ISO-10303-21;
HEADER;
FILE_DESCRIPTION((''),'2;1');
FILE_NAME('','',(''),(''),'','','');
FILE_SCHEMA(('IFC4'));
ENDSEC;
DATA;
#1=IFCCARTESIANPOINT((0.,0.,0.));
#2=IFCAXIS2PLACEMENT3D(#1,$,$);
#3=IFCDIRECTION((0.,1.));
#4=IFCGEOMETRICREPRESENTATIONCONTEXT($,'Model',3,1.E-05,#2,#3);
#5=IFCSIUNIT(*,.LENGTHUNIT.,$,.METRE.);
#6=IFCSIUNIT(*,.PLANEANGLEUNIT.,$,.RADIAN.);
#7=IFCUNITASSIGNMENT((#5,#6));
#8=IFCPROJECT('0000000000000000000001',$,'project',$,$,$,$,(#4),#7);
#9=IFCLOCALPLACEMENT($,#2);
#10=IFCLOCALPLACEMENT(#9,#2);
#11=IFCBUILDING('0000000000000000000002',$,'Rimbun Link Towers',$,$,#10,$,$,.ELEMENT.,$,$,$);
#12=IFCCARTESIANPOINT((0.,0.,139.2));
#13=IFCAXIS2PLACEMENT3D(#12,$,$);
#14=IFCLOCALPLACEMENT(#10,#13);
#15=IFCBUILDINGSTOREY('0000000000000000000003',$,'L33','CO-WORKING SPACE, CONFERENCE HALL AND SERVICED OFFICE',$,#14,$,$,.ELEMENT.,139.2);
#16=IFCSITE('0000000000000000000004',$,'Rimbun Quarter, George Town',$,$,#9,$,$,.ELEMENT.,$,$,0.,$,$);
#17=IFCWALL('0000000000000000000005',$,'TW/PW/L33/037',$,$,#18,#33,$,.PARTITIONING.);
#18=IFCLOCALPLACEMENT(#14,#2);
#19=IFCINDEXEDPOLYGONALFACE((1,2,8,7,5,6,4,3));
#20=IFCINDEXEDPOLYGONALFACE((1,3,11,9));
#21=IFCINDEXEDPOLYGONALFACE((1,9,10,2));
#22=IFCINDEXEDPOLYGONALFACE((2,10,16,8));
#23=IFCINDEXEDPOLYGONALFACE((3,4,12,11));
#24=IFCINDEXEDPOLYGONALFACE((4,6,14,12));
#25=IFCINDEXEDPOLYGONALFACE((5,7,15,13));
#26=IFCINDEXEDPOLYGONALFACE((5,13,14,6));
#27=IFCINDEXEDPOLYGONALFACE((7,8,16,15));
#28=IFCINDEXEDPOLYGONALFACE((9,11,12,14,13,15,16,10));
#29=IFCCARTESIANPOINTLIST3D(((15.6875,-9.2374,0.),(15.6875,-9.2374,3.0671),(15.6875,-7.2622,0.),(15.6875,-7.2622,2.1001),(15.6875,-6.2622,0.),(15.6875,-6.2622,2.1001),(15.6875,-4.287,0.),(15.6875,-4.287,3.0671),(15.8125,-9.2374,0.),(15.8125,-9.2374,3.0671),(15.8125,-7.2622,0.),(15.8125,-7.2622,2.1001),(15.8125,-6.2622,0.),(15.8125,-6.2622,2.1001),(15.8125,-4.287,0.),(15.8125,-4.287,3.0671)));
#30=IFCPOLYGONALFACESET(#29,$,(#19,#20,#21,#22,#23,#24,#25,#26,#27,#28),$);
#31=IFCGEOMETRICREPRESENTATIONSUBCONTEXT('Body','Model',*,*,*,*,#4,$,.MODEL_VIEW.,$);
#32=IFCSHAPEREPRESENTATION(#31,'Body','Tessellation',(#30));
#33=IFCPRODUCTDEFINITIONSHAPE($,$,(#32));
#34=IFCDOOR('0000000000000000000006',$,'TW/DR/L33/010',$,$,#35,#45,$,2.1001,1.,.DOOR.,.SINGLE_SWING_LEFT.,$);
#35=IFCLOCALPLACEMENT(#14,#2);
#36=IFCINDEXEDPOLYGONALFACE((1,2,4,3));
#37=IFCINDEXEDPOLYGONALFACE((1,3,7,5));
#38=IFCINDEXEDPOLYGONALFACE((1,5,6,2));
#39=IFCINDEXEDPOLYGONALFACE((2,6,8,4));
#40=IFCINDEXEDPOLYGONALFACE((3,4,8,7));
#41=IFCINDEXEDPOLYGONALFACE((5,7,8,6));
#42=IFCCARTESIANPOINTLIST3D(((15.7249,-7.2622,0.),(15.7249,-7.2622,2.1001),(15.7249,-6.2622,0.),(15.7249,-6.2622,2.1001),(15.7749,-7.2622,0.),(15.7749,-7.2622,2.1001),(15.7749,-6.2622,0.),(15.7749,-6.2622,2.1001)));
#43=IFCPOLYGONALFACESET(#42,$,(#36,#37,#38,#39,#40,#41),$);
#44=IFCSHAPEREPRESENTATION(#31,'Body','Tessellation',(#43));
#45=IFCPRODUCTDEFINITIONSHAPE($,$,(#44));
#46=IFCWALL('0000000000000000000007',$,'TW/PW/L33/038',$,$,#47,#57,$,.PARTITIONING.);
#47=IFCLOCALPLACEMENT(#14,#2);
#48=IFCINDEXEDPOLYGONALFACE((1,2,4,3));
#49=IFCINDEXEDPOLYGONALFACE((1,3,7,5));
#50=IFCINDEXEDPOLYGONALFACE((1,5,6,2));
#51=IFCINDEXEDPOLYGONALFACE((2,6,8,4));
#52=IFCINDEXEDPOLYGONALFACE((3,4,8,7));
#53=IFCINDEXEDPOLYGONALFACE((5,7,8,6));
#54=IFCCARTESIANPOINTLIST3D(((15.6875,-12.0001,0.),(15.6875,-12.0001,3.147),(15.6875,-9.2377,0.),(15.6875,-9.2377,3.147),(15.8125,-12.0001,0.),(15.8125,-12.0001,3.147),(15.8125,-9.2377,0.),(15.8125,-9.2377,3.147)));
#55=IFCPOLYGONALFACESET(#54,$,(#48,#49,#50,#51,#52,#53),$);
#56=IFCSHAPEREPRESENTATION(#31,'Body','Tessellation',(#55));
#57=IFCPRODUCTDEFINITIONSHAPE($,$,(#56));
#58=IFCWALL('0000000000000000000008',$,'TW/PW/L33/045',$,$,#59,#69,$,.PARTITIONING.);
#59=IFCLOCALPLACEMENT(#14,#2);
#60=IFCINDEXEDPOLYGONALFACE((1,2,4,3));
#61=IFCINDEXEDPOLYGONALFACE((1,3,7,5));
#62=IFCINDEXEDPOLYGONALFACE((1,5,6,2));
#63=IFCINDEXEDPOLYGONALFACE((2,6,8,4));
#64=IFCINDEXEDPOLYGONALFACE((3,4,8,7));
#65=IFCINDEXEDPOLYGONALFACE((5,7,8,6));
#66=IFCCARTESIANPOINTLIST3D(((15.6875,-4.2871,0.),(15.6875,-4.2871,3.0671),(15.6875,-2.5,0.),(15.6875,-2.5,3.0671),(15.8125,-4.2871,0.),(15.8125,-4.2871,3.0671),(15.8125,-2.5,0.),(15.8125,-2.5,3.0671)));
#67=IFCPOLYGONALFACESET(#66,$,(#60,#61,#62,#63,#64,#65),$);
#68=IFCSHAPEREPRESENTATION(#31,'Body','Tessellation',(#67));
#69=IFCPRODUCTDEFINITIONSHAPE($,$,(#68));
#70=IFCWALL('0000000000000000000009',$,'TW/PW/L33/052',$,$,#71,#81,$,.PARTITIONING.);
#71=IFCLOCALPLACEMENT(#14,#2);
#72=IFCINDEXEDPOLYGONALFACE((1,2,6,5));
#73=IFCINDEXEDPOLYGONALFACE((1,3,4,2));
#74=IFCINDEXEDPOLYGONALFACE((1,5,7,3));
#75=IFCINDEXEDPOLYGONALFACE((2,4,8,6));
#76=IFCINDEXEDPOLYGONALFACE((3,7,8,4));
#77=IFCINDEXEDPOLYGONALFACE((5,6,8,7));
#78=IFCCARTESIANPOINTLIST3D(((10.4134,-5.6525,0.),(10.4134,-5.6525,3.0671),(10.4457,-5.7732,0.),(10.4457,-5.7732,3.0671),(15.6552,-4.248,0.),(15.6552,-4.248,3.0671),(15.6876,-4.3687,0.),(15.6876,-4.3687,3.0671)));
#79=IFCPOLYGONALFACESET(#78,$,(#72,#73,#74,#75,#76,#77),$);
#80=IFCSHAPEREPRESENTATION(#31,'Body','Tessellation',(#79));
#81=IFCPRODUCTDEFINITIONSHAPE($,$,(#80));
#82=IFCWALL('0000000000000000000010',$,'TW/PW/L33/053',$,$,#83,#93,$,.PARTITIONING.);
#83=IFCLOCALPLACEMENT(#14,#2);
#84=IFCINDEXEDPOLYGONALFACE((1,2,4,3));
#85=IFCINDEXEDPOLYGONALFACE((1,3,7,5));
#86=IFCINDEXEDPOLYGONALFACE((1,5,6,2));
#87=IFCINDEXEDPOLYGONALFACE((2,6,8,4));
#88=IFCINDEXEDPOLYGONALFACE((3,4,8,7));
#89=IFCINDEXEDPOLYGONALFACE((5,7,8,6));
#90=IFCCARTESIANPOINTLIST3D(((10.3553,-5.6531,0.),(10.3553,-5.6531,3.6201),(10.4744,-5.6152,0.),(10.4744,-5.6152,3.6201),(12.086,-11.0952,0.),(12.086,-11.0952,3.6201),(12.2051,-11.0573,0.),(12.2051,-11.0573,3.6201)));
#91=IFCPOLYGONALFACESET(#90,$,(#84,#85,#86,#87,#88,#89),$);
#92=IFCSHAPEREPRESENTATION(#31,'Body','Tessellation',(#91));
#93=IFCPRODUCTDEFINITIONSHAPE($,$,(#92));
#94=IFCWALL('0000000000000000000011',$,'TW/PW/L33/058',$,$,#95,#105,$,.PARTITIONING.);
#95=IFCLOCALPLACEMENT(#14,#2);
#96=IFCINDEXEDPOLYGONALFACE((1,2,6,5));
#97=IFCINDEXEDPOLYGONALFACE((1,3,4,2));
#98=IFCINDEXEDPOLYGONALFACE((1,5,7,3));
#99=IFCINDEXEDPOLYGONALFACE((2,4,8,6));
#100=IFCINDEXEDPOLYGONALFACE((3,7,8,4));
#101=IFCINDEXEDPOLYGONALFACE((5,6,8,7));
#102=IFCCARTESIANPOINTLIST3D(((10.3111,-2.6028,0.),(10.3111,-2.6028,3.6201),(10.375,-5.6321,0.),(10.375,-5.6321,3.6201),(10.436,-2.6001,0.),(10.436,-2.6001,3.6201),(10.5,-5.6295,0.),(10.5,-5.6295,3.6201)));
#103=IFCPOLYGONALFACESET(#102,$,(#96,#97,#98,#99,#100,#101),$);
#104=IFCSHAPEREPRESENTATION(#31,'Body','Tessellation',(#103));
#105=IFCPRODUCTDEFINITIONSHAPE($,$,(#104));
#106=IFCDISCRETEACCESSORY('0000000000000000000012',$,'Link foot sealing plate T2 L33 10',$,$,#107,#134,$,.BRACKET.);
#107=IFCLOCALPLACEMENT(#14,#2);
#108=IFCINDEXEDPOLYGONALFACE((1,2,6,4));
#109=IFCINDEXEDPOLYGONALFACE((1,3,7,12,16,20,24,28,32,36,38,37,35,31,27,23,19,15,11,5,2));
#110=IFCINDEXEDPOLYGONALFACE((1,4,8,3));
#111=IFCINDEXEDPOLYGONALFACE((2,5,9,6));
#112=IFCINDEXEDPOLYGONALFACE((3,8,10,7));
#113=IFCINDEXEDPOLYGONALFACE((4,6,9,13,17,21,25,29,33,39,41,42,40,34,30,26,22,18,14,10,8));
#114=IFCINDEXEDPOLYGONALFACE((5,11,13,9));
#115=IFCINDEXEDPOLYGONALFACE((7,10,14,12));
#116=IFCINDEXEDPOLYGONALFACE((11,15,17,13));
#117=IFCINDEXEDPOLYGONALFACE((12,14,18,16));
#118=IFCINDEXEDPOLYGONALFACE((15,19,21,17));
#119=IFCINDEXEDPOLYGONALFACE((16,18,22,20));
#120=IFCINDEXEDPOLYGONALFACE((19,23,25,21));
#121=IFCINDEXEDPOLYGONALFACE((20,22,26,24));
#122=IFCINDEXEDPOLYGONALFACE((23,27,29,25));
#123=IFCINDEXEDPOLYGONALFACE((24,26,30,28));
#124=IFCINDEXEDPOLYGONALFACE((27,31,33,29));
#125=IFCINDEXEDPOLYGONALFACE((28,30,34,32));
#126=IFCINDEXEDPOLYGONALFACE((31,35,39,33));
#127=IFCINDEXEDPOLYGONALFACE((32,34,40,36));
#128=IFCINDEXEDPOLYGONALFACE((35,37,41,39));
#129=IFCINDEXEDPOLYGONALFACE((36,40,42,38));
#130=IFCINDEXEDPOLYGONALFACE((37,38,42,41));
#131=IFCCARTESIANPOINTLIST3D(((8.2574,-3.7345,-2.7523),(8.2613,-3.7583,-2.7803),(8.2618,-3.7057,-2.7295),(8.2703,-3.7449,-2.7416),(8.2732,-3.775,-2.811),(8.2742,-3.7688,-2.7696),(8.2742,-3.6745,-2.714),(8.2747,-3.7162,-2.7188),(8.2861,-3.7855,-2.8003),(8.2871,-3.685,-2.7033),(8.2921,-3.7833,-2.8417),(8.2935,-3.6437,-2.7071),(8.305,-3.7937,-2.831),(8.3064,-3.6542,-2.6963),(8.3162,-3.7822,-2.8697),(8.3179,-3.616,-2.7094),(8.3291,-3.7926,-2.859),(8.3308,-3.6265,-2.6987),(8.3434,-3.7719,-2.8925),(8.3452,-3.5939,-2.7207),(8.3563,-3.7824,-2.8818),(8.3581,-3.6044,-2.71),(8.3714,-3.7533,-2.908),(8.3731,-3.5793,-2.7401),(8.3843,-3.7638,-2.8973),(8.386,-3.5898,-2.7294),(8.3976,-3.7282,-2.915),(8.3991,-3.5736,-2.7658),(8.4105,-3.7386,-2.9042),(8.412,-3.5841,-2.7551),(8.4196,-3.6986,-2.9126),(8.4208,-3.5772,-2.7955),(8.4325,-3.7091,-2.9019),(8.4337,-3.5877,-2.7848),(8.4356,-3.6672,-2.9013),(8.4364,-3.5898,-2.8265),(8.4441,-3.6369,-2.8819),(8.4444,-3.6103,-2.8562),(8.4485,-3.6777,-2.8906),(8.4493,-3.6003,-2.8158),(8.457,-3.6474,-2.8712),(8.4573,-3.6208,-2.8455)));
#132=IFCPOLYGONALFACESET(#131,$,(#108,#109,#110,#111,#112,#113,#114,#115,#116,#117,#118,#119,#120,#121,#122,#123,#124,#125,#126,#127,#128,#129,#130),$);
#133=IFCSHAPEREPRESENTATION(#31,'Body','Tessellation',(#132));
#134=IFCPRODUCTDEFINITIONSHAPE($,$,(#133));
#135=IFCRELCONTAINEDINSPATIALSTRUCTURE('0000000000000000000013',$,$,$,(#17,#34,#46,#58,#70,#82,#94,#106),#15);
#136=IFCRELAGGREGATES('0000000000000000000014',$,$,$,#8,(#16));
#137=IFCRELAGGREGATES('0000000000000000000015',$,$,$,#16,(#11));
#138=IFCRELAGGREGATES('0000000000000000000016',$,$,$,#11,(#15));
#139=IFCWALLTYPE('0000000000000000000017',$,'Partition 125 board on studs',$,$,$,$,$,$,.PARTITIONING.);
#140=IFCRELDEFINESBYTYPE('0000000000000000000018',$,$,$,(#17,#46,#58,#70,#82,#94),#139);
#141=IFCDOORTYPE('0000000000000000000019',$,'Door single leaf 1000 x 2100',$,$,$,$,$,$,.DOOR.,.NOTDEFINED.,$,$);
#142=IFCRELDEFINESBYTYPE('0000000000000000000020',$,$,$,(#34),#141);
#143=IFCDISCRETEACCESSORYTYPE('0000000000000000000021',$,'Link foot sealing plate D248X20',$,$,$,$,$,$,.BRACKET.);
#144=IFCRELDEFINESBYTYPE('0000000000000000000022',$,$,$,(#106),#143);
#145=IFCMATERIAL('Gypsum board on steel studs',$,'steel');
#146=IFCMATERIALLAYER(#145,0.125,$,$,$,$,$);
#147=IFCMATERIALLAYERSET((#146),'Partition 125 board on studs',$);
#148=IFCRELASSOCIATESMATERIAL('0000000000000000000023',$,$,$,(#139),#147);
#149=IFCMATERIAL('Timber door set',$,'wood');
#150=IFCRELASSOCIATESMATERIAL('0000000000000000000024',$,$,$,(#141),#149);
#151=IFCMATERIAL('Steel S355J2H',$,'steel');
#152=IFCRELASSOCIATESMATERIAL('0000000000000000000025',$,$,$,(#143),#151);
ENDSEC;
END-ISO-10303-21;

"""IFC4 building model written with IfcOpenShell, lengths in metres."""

from ifc_helpers import new_model, si_unit, direction, frame, frame_2d, origin, origin_2d, place, context, subcontext, project, spatial, rectangle, circle, extrude, material, layer, layer_set, material_profile, profile_set, type_object, element, fill, save


model = new_model("IFC4")

# Units and contexts
model_context = context("Model", 3, precision=1e-05, world=origin(), true_north=direction((0.0, 1.0)))
body_context = subcontext(model_context, "Body", "Model", "MODEL_VIEW")
ifc_project = project(units=[si_unit("LENGTHUNIT", "METRE"), si_unit("PLANEANGLEUNIT", "RADIAN")], contexts=[model_context])

# Site, building, storey
site_placement = place(None, origin())
site = spatial("IfcSite", under=ifc_project, at=site_placement, Name="Rimbun Quarter, George Town", CompositionType="ELEMENT", RefElevation=0.0)
building_placement = place(site_placement, origin())
building = spatial("IfcBuilding", under=site, at=building_placement, Name="Rimbun Link Towers", CompositionType="ELEMENT")
storey_placement = place(building_placement, frame((0.0, 0.0, 139.2)))
storey = spatial("IfcBuildingStorey", under=building, at=storey_placement, Name="L33", Description="CO-WORKING SPACE, CONFERENCE HALL AND SERVICED OFFICE", CompositionType="ELEMENT", Elevation=139.2)

# Wall, opening, door
ifc_material_1 = material(Name="Gypsum board on steel studs", Category="steel")
ifc_layer_1 = layer(ifc_material_1, 0.125)
ifc_layer_set_1 = layer_set([ifc_layer_1], Name="Partition 125 board on studs")
wall_type_1 = type_object("IfcWallType", Name="Partition 125 board on studs", PredefinedType="PARTITIONING", material=ifc_layer_set_1)
wall_1_placement = place(storey_placement, frame((15.75, -4.2871, 0.0), z_axis=(0.0, 0.0, 1.0), x_axis=(0.0, -1.0, 0.0)))
wall_1 = element("IfcWall", 1, at=wall_1_placement, inside=storey, type_object=wall_type_1, Name="TW/PW/L33/037", PredefinedType="PARTITIONING", context=body_context, shape_type="SweptSolid", body=[
    extrude(rectangle(XDim=4.9504, YDim=0.125, at=frame_2d((2.4751, 0.0))), origin(), (0.0, 0.0, 1.0), 3.0671),
])
opening_1_placement = place(wall_1_placement, frame((1.9751, 0.0, 0.0)))
opening_1 = element("IfcOpeningElement", 2, at=opening_1_placement, cuts=wall_1, PredefinedType="OPENING", context=body_context, shape_type="SweptSolid", body=[
    extrude(rectangle(XDim=1.0, YDim=2.1001, at=frame_2d((0.5, 1.05))), frame((0.0, 0.0725, 0.0), z_axis=(0.0, -1.0, 0.0), x_axis=(1.0, 0.0, 0.0)), (0.0, 0.0, 1.0), 0.145),
])
ifc_material_2 = material(Name="Timber door set", Category="wood")
door_type_1 = type_object("IfcDoorType", Name="Door single leaf 1000 x 2100", OperationType="NOTDEFINED", PredefinedType="DOOR", material=ifc_material_2)
door_1_placement = place(opening_1_placement, origin())
door_1 = element("IfcDoor", 3, at=door_1_placement, inside=storey, type_object=door_type_1, Name="TW/DR/L33/010", OperationType="SINGLE_SWING_LEFT", OverallHeight=2.1001, OverallWidth=1.0, PredefinedType="DOOR", context=body_context, shape_type="SweptSolid", body=[
    extrude(rectangle(XDim=1.0, YDim=2.1001, at=frame_2d((0.5, 1.05))), frame((0.0, 0.0249, 0.0), z_axis=(0.0, -1.0, 0.0), x_axis=(1.0, 0.0, 0.0)), (0.0, 0.0, 1.0), 0.05),
])
fill(opening_1, door_1)

# Walls
wall_2_placement = place(storey_placement, frame((15.75, -9.2375, 0.0), z_axis=(0.0, 0.0, 1.0), x_axis=(0.0, -1.0, 0.0)))
element("IfcWall", 4, at=wall_2_placement, inside=storey, type_object=wall_type_1, Name="TW/PW/L33/038", PredefinedType="PARTITIONING", context=body_context, shape_type="SweptSolid", body=[
    extrude(rectangle(XDim=2.7625, YDim=0.125, at=frame_2d((1.3813, 0.0))), origin(), (0.0, 0.0, 1.0), 3.147),
])
wall_3_placement = place(storey_placement, frame((15.75, -2.5, 0.0), z_axis=(0.0, 0.0, 1.0), x_axis=(0.0, -1.0, 0.0)))
element("IfcWall", 5, at=wall_3_placement, inside=storey, type_object=wall_type_1, Name="TW/PW/L33/045", PredefinedType="PARTITIONING", context=body_context, shape_type="SweptSolid", body=[
    extrude(rectangle(XDim=1.7871, YDim=0.125, at=frame_2d((0.8936, 0.0))), origin(), (0.0, 0.0, 1.0), 3.0671),
])
wall_4_placement = place(storey_placement, frame((15.6714, -4.3083, 0.0), z_axis=(0.0, 0.0, 1.0), x_axis=(-0.965927, -0.258813, 0.0)))
element("IfcWall", 6, at=wall_4_placement, inside=storey, type_object=wall_type_1, Name="TW/PW/L33/052", PredefinedType="PARTITIONING", context=body_context, shape_type="SweptSolid", body=[
    extrude(rectangle(XDim=5.4268, YDim=0.125, at=frame_2d((2.7134, 0.0))), origin(), (0.0, 0.0, 1.0), 3.0671),
])
wall_5_placement = place(storey_placement, frame((10.4148, -5.634, 0.0), z_axis=(0.0, 0.0, 1.0), x_axis=(0.303064, -0.95297, 0.0)))
element("IfcWall", 7, at=wall_5_placement, inside=storey, type_object=wall_type_1, Name="TW/PW/L33/053", PredefinedType="PARTITIONING", context=body_context, shape_type="SweptSolid", body=[
    extrude(rectangle(XDim=5.7107, YDim=0.125, at=frame_2d((2.8555, 0.0))), origin(), (0.0, 0.0, 1.0), 3.6201),
])
wall_6_placement = place(storey_placement, frame((10.3735, -2.6013, 0.0), z_axis=(0.0, 0.0, 1.0), x_axis=(0.021111, -0.999777, 0.0)))
element("IfcWall", 8, at=wall_6_placement, inside=storey, type_object=wall_type_1, Name="TW/PW/L33/058", PredefinedType="PARTITIONING", context=body_context, shape_type="SweptSolid", body=[
    extrude(rectangle(XDim=3.03, YDim=0.125, at=frame_2d((1.5151, 0.0))), origin(), (0.0, 0.0, 1.0), 3.6201),
])

# Discrete accessory
ifc_material_3 = material(Name="Steel S355J2H", Category="steel")
ifc_material_profile_1 = material_profile(ifc_material_3, circle(Radius=0.124, at=origin_2d()), Name="PL D248")
ifc_profile_set_1 = profile_set([ifc_material_profile_1], Name="Steel S355J2H")
discrete_accessory_type = type_object("IfcDiscreteAccessoryType", Name="Link foot sealing plate D248X20", PredefinedType="BRACKET", material=ifc_profile_set_1)
discrete_accessory_placement = place(storey_placement, frame((8.3643, -3.6892, -2.8003), z_axis=(-0.652682, 0.529534, -0.541849), x_axis=(-0.630041, -0.776562, 0.0)))
element("IfcDiscreteAccessory", 9, at=discrete_accessory_placement, inside=storey, type_object=discrete_accessory_type, Name="Link foot sealing plate T2 L33 10", PredefinedType="BRACKET", context=body_context, shape_type="SweptSolid", body=[
    extrude(circle(Radius=0.124, at=origin_2d()), origin(), (0.0, 0.0, 1.0), 0.0198),
])

save(model, "model.ifc")
